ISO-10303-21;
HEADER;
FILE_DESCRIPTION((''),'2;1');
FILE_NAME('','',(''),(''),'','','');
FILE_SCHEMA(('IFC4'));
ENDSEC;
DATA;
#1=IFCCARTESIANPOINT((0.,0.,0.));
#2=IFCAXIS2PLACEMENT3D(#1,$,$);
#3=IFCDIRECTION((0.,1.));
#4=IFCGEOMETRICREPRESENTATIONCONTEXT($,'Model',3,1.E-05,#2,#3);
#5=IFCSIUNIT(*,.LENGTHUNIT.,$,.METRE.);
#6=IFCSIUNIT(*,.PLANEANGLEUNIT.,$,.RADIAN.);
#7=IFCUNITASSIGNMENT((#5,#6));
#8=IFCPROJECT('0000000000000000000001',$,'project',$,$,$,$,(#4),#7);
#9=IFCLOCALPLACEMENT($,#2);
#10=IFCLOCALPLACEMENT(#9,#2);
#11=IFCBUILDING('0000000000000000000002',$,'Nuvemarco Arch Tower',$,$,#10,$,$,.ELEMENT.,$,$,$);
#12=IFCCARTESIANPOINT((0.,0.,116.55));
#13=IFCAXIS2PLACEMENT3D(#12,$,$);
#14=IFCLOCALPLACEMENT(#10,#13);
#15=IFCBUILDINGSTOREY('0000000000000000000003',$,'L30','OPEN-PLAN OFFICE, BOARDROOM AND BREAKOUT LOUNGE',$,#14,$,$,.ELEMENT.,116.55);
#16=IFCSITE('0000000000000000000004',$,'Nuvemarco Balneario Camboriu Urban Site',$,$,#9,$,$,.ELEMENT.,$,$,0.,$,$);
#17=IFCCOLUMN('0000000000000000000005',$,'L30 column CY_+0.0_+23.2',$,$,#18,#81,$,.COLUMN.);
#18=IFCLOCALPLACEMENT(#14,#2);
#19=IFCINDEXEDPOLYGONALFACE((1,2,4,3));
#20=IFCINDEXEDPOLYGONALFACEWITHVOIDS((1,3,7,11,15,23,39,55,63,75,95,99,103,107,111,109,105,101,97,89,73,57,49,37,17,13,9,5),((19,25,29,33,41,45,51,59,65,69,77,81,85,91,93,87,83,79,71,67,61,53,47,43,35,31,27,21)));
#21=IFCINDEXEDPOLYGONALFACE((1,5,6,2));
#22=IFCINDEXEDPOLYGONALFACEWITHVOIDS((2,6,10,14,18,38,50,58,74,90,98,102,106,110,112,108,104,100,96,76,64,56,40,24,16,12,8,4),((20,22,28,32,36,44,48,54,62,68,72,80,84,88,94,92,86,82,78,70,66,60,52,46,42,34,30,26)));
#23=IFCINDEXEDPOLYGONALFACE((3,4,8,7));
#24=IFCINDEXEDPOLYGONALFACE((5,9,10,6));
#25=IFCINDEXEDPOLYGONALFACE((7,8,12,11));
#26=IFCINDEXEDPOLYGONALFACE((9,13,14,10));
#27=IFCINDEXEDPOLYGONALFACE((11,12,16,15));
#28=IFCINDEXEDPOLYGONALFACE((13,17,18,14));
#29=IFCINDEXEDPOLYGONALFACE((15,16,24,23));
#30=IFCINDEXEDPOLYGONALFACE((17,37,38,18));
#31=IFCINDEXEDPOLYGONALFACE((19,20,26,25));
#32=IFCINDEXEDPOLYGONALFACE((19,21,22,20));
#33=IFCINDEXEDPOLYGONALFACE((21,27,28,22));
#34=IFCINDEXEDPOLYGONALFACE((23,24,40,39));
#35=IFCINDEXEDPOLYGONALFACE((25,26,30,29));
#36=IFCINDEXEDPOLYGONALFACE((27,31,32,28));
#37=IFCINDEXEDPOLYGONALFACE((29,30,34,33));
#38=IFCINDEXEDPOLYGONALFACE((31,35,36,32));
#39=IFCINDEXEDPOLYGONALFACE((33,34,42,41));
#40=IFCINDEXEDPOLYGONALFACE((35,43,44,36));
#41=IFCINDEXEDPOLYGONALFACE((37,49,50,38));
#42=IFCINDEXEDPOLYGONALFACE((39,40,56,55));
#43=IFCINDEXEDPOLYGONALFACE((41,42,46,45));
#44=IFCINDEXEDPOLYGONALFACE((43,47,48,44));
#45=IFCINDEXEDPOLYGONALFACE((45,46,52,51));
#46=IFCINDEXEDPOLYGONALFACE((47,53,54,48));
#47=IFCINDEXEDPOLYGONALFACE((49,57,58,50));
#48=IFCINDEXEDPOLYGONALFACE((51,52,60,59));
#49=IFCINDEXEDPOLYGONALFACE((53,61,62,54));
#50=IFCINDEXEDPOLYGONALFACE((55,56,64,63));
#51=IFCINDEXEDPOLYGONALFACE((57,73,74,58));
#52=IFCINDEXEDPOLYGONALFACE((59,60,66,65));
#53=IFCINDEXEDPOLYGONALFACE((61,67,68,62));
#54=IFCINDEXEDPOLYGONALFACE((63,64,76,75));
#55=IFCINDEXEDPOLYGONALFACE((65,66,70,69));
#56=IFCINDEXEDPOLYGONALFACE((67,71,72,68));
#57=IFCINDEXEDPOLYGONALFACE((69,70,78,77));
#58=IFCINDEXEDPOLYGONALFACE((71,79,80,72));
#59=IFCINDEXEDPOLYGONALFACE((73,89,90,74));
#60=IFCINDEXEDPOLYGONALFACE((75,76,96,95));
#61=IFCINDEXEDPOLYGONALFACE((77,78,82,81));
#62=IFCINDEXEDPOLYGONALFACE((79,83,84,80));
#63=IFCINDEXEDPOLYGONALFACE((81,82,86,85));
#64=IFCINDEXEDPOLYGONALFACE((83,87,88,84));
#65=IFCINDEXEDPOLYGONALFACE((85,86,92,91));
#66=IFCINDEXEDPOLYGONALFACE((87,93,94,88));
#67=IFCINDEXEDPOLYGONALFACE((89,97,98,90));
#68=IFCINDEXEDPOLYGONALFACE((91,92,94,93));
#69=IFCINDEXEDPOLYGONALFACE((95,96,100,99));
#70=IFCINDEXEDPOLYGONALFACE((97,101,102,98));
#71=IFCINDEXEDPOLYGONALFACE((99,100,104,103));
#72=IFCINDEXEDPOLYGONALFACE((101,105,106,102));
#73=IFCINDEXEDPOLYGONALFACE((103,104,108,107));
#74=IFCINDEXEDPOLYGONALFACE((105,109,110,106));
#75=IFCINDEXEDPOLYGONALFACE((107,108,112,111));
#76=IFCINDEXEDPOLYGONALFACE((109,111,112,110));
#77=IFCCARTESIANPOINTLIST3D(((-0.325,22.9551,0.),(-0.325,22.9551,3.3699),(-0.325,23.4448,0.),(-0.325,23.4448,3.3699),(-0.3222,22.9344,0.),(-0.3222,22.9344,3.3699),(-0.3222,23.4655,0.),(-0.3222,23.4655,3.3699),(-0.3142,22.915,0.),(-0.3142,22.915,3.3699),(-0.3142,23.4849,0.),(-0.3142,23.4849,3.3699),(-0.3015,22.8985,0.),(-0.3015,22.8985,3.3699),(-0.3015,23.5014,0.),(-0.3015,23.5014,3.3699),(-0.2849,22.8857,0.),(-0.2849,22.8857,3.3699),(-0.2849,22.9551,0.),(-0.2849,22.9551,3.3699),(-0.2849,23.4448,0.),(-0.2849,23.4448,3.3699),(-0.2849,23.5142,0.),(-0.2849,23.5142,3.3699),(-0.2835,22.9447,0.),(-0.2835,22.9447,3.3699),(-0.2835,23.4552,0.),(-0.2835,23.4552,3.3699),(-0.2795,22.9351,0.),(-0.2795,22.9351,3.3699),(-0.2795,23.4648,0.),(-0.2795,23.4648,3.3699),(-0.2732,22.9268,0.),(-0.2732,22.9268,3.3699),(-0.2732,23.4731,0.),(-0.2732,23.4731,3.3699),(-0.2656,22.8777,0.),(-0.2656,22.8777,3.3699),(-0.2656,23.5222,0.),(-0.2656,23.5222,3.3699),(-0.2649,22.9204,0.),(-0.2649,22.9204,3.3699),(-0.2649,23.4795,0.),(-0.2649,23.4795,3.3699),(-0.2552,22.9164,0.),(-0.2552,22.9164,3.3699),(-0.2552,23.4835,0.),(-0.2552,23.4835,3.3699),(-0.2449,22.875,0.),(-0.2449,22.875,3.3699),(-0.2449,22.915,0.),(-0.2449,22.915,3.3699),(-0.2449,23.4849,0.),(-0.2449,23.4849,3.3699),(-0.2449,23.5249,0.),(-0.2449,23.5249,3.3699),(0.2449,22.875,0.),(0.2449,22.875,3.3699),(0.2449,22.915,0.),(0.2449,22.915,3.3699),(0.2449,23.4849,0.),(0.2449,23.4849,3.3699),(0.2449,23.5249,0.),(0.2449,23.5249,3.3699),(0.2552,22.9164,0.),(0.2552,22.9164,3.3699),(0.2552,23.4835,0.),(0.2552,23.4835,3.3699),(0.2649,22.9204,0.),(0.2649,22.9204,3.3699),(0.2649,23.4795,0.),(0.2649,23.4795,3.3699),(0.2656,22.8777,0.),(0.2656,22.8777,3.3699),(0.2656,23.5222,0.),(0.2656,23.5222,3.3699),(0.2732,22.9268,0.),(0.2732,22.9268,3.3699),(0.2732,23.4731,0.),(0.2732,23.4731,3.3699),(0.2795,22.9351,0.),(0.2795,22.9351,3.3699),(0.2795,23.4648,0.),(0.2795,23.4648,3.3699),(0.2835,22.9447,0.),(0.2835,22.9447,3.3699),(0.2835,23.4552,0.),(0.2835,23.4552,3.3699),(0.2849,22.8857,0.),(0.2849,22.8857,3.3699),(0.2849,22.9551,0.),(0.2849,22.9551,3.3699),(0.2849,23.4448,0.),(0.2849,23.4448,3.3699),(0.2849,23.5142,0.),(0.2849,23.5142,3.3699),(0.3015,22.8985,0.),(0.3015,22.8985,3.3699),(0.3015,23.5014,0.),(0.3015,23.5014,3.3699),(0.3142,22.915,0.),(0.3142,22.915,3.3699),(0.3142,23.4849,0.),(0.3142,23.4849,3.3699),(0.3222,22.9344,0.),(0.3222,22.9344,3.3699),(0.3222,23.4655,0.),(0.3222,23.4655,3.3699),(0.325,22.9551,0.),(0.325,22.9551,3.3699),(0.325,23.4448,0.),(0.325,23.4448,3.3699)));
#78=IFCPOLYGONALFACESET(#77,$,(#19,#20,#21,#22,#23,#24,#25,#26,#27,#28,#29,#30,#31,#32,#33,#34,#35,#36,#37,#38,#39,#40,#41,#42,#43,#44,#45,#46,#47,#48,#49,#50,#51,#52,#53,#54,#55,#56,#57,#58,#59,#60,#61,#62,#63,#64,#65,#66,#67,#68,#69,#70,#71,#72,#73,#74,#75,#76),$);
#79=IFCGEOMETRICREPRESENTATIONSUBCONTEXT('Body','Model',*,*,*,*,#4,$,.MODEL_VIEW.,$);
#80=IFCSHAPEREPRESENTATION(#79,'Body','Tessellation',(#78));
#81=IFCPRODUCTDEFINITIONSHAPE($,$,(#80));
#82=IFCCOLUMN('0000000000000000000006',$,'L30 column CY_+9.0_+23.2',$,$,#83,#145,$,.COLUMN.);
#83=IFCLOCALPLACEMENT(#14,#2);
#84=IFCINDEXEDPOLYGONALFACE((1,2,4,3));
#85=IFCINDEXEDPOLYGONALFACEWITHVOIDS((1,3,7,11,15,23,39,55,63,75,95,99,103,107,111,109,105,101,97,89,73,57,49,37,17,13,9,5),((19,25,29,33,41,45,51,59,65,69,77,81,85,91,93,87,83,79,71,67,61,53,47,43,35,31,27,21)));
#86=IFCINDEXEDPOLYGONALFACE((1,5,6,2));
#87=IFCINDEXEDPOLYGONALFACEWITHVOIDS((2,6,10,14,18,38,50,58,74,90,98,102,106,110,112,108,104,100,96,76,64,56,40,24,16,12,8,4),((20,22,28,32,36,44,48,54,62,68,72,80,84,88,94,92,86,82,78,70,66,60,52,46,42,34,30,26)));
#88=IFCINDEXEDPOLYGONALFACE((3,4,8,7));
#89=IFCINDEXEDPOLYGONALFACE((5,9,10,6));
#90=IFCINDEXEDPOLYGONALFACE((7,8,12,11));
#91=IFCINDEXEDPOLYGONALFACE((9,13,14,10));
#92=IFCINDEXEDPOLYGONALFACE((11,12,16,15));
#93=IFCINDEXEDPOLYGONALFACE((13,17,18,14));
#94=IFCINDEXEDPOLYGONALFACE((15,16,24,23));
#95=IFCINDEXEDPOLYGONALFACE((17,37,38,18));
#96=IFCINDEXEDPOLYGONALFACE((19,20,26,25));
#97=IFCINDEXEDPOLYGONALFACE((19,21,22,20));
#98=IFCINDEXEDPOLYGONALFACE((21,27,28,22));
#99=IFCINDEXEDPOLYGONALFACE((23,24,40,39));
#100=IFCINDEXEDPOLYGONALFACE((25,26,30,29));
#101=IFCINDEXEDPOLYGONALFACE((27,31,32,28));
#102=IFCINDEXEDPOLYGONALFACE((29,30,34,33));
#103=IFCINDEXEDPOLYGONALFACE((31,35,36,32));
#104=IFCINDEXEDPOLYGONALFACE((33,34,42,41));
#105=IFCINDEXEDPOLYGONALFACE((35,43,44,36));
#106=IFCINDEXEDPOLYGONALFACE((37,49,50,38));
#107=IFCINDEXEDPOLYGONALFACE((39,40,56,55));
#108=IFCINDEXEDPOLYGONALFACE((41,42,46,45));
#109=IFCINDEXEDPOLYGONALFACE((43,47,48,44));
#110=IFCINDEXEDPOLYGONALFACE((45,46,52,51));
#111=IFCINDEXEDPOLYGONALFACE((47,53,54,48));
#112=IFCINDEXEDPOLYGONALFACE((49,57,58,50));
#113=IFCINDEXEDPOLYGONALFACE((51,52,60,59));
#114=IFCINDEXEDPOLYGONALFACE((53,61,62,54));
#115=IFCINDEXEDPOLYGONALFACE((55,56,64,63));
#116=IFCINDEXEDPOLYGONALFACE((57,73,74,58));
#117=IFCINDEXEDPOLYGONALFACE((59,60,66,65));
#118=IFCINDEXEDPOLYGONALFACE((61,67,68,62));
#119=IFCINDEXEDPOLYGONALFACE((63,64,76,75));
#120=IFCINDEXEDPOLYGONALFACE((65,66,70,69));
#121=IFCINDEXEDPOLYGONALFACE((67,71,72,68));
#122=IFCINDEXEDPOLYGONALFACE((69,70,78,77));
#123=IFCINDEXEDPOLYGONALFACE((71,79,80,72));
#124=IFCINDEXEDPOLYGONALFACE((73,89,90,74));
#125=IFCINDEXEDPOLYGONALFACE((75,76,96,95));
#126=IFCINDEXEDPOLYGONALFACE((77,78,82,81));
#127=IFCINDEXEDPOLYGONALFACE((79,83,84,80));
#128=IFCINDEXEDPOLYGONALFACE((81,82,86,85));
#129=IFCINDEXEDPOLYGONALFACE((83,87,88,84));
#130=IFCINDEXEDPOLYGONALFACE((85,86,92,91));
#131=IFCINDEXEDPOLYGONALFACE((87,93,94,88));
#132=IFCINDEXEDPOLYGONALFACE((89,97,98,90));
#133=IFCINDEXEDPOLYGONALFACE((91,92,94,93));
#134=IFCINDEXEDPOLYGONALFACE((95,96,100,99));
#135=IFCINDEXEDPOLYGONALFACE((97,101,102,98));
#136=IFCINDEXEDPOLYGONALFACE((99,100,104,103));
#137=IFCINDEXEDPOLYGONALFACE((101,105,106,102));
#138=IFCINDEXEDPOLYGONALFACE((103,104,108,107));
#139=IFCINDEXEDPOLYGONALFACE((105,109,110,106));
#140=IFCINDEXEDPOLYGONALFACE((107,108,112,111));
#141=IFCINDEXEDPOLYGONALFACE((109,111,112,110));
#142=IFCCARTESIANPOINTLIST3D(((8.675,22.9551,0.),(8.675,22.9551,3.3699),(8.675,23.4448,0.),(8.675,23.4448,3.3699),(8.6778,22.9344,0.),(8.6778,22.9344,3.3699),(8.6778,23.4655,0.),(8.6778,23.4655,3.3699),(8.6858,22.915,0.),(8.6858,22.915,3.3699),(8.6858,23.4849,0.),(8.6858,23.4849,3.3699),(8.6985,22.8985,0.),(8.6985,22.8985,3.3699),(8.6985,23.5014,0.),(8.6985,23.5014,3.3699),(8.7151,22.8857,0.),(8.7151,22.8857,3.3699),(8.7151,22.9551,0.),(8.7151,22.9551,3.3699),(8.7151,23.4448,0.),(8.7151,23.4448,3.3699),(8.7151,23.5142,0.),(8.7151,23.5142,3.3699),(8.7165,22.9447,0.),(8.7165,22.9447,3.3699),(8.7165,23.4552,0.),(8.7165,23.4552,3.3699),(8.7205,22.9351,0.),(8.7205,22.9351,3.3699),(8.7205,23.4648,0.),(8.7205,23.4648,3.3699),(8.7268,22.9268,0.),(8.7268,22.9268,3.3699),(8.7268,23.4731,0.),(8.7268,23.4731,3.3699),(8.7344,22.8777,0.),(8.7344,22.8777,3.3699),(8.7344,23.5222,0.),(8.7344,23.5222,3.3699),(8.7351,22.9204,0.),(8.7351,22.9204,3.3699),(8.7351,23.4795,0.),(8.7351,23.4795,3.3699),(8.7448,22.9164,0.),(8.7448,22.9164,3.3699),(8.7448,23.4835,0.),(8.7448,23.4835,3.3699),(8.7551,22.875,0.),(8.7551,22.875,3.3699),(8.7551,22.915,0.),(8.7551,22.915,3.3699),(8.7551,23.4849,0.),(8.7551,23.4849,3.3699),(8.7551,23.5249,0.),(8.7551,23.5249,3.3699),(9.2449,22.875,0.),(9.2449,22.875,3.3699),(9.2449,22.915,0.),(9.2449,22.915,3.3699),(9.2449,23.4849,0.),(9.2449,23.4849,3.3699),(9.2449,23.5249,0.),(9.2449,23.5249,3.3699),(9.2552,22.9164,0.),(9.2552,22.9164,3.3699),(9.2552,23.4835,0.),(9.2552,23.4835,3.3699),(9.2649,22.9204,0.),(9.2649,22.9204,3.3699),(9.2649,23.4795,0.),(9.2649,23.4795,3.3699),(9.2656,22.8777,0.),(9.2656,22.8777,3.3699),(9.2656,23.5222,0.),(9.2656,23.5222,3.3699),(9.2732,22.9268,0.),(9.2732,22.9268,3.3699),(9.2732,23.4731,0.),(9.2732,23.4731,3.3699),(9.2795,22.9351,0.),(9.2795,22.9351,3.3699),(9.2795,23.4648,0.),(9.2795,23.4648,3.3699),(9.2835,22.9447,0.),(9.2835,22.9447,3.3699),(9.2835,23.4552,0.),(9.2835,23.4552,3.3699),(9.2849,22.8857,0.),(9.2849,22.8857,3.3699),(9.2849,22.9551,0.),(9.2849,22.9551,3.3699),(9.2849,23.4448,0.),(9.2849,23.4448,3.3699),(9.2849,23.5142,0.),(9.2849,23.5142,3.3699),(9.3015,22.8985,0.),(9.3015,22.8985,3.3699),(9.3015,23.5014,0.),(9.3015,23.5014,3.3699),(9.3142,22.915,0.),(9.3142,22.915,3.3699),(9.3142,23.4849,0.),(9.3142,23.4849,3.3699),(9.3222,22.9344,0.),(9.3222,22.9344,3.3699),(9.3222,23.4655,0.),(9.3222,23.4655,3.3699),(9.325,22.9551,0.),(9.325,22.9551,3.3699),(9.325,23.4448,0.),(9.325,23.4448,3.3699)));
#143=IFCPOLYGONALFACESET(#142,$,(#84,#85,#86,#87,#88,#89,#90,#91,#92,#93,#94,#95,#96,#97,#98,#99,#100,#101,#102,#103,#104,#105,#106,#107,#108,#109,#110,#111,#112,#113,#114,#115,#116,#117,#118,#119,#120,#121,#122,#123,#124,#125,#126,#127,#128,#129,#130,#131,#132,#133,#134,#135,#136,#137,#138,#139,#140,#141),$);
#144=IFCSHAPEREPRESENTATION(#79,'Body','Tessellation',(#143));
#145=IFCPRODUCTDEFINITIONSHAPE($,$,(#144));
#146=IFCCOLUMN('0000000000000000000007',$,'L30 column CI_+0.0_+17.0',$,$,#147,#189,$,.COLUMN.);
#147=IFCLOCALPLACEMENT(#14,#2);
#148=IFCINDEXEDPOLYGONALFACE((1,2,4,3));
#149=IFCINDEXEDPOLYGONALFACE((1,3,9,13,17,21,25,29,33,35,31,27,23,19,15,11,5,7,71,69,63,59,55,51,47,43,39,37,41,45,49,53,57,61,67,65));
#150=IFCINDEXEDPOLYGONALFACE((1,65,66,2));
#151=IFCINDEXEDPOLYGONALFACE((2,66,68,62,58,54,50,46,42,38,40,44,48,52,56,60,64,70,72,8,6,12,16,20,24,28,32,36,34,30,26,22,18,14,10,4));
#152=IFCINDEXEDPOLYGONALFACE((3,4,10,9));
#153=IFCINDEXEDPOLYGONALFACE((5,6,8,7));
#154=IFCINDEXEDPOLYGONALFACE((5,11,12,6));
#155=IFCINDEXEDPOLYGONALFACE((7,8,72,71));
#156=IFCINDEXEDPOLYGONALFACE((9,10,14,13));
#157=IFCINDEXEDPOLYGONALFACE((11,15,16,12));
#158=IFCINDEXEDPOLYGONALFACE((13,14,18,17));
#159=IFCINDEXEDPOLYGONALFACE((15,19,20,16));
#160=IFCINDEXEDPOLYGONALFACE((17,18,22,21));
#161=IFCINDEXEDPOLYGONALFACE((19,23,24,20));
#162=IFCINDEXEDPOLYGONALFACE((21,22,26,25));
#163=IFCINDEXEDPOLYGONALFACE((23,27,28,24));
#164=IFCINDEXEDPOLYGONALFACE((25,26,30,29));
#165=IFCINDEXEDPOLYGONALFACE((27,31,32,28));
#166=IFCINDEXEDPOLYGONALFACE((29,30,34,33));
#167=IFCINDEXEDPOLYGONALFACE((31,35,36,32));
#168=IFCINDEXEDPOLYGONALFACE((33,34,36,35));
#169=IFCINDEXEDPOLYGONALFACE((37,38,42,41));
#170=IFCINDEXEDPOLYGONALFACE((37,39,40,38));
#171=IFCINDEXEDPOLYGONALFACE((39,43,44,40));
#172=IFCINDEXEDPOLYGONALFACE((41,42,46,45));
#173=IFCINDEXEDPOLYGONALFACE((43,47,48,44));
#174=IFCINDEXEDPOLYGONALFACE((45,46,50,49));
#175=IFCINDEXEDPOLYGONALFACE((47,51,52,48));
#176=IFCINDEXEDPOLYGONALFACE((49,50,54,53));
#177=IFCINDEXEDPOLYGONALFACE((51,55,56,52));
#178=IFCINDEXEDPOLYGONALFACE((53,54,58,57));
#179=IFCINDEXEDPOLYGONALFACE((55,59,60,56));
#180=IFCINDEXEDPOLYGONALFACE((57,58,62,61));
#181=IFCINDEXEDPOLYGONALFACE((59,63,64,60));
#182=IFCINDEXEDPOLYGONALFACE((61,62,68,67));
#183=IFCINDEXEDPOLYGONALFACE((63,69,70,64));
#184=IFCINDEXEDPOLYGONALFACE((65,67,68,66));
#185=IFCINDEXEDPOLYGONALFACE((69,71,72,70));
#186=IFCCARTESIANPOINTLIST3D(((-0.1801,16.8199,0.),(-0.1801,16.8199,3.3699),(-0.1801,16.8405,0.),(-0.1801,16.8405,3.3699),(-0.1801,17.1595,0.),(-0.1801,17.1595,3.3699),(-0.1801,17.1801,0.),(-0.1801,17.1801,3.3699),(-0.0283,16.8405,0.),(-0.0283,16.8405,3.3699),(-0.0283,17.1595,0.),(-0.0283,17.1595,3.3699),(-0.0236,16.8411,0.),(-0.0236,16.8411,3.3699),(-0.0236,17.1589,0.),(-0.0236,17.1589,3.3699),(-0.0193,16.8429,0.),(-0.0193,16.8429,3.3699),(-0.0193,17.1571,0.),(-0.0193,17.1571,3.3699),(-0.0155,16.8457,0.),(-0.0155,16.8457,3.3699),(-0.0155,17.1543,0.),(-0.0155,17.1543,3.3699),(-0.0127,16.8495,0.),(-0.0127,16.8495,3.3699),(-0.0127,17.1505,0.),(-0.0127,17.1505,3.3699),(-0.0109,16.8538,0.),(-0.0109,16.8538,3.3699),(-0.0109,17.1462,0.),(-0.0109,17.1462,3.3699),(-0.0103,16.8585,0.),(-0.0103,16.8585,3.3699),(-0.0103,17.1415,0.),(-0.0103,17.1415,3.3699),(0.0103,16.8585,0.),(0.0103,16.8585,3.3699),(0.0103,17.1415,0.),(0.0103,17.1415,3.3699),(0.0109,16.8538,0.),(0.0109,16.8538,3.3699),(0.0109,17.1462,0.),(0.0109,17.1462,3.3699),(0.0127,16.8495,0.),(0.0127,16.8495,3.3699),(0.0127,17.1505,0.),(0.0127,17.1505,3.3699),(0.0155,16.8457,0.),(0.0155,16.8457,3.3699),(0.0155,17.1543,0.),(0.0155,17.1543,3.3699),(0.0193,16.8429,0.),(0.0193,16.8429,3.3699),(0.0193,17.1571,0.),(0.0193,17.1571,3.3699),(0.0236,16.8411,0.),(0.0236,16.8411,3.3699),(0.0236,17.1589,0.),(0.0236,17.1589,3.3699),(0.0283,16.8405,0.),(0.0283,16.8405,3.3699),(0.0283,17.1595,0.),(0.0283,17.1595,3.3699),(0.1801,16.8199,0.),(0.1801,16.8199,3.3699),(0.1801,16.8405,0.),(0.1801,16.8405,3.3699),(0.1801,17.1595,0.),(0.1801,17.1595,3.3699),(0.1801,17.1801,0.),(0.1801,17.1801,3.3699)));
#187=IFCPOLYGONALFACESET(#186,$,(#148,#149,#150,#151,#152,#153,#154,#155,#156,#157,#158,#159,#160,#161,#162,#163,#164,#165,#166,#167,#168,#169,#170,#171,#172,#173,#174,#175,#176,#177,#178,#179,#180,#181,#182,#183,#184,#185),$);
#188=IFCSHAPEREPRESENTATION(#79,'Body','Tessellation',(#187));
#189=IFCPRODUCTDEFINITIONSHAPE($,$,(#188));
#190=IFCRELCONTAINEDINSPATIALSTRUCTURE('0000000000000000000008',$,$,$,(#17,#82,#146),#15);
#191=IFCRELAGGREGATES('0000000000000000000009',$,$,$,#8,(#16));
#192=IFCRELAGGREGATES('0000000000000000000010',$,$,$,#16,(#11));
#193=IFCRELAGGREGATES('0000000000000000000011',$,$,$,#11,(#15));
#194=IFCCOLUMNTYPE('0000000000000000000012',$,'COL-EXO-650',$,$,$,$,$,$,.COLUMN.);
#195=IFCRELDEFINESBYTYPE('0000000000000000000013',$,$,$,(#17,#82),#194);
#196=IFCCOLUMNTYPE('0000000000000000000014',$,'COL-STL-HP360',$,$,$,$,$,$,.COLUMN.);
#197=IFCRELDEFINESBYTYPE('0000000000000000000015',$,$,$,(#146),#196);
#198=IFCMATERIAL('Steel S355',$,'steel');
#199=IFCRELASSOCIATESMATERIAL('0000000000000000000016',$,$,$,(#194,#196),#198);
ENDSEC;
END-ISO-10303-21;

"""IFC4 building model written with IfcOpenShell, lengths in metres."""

from ifc_helpers import new_model, si_unit, direction, frame, origin, origin_2d, place, context, subcontext, project, spatial, hollow_rectangle, i_section, extrude, material, material_profile, profile_set, type_object, element, save


model = new_model("IFC4")

# Units and contexts
model_context = context("Model", 3, precision=1e-05, world=origin(), true_north=direction((0.0, 1.0)))
body_context = subcontext(model_context, "Body", "Model", "MODEL_VIEW")
ifc_project = project(units=[si_unit("LENGTHUNIT", "METRE"), si_unit("PLANEANGLEUNIT", "RADIAN")], contexts=[model_context])

# Site, building, storey
site_placement = place(None, origin())
site = spatial("IfcSite", under=ifc_project, at=site_placement, Name="Nuvemarco Balneario Camboriu Urban Site", CompositionType="ELEMENT", RefElevation=0.0)
building_placement = place(site_placement, origin())
building = spatial("IfcBuilding", under=site, at=building_placement, Name="Nuvemarco Arch Tower", CompositionType="ELEMENT")
storey_placement = place(building_placement, frame((0.0, 0.0, 116.55)))
storey = spatial("IfcBuildingStorey", under=building, at=storey_placement, Name="L30", Description="OPEN-PLAN OFFICE, BOARDROOM AND BREAKOUT LOUNGE", CompositionType="ELEMENT", Elevation=116.55)

# Columns
ifc_material_1 = material(Name="Steel S355", Category="steel")
ifc_material_profile_1 = material_profile(ifc_material_1, hollow_rectangle(XDim=0.6499, YDim=0.6499, WallThickness=0.04, InnerFilletRadius=0.04, OuterFilletRadius=0.0801, at=origin_2d()), Name="SHS650x650x40")
ifc_profile_set_1 = profile_set([ifc_material_profile_1], Name="Steel S355")
column_type_1 = type_object("IfcColumnType", Name="COL-EXO-650", PredefinedType="COLUMN", material=ifc_profile_set_1)
for number, where, z_axis, x_axis, name in (
    (1, (0.0, 23.2, 0.0), (0.0, 0.0, 1.0), (1.0, 0.0, 0.0), "L30 column CY_+0.0_+23.2"),
    (2, (9.0, 23.2, 0.0), (0.0, 0.0, 1.0), (1.0, 0.0, 0.0), "L30 column CY_+9.0_+23.2"),
):
    element("IfcColumn", number, at=place(storey_placement, frame(where, z_axis=z_axis, x_axis=x_axis)), inside=storey, type_object=column_type_1, Name=name, PredefinedType="COLUMN", context=body_context, shape_type="SweptSolid", body=[
        extrude(hollow_rectangle(XDim=0.6499, YDim=0.6499, WallThickness=0.04, InnerFilletRadius=0.04, OuterFilletRadius=0.0801, at=origin_2d()), origin(), (0.0, 0.0, 1.0), 3.3699),
    ])
ifc_material_profile_2 = material_profile(ifc_material_1, i_section(OverallWidth=0.3601, OverallDepth=0.3601, WebThickness=0.0205, FlangeThickness=0.0205, FilletRadius=0.0181, at=origin_2d()), Name="HP360x174")
ifc_profile_set_2 = profile_set([ifc_material_profile_2], Name="Steel S355")
column_type_2 = type_object("IfcColumnType", Name="COL-STL-HP360", PredefinedType="COLUMN", material=ifc_profile_set_2)
for number, where, z_axis, x_axis, name in (
    (3, (0.0, 17.0, 0.0), (0.0, 0.0, 1.0), (1.0, 0.0, 0.0), "L30 column CI_+0.0_+17.0"),
):
    element("IfcColumn", number, at=place(storey_placement, frame(where, z_axis=z_axis, x_axis=x_axis)), inside=storey, type_object=column_type_2, Name=name, PredefinedType="COLUMN", context=body_context, shape_type="SweptSolid", body=[
        extrude(i_section(OverallWidth=0.3601, OverallDepth=0.3601, WebThickness=0.0205, FlangeThickness=0.0205, FilletRadius=0.0181, at=origin_2d()), origin(), (0.0, 0.0, 1.0), 3.3699),
    ])

save(model, "model.ifc")
